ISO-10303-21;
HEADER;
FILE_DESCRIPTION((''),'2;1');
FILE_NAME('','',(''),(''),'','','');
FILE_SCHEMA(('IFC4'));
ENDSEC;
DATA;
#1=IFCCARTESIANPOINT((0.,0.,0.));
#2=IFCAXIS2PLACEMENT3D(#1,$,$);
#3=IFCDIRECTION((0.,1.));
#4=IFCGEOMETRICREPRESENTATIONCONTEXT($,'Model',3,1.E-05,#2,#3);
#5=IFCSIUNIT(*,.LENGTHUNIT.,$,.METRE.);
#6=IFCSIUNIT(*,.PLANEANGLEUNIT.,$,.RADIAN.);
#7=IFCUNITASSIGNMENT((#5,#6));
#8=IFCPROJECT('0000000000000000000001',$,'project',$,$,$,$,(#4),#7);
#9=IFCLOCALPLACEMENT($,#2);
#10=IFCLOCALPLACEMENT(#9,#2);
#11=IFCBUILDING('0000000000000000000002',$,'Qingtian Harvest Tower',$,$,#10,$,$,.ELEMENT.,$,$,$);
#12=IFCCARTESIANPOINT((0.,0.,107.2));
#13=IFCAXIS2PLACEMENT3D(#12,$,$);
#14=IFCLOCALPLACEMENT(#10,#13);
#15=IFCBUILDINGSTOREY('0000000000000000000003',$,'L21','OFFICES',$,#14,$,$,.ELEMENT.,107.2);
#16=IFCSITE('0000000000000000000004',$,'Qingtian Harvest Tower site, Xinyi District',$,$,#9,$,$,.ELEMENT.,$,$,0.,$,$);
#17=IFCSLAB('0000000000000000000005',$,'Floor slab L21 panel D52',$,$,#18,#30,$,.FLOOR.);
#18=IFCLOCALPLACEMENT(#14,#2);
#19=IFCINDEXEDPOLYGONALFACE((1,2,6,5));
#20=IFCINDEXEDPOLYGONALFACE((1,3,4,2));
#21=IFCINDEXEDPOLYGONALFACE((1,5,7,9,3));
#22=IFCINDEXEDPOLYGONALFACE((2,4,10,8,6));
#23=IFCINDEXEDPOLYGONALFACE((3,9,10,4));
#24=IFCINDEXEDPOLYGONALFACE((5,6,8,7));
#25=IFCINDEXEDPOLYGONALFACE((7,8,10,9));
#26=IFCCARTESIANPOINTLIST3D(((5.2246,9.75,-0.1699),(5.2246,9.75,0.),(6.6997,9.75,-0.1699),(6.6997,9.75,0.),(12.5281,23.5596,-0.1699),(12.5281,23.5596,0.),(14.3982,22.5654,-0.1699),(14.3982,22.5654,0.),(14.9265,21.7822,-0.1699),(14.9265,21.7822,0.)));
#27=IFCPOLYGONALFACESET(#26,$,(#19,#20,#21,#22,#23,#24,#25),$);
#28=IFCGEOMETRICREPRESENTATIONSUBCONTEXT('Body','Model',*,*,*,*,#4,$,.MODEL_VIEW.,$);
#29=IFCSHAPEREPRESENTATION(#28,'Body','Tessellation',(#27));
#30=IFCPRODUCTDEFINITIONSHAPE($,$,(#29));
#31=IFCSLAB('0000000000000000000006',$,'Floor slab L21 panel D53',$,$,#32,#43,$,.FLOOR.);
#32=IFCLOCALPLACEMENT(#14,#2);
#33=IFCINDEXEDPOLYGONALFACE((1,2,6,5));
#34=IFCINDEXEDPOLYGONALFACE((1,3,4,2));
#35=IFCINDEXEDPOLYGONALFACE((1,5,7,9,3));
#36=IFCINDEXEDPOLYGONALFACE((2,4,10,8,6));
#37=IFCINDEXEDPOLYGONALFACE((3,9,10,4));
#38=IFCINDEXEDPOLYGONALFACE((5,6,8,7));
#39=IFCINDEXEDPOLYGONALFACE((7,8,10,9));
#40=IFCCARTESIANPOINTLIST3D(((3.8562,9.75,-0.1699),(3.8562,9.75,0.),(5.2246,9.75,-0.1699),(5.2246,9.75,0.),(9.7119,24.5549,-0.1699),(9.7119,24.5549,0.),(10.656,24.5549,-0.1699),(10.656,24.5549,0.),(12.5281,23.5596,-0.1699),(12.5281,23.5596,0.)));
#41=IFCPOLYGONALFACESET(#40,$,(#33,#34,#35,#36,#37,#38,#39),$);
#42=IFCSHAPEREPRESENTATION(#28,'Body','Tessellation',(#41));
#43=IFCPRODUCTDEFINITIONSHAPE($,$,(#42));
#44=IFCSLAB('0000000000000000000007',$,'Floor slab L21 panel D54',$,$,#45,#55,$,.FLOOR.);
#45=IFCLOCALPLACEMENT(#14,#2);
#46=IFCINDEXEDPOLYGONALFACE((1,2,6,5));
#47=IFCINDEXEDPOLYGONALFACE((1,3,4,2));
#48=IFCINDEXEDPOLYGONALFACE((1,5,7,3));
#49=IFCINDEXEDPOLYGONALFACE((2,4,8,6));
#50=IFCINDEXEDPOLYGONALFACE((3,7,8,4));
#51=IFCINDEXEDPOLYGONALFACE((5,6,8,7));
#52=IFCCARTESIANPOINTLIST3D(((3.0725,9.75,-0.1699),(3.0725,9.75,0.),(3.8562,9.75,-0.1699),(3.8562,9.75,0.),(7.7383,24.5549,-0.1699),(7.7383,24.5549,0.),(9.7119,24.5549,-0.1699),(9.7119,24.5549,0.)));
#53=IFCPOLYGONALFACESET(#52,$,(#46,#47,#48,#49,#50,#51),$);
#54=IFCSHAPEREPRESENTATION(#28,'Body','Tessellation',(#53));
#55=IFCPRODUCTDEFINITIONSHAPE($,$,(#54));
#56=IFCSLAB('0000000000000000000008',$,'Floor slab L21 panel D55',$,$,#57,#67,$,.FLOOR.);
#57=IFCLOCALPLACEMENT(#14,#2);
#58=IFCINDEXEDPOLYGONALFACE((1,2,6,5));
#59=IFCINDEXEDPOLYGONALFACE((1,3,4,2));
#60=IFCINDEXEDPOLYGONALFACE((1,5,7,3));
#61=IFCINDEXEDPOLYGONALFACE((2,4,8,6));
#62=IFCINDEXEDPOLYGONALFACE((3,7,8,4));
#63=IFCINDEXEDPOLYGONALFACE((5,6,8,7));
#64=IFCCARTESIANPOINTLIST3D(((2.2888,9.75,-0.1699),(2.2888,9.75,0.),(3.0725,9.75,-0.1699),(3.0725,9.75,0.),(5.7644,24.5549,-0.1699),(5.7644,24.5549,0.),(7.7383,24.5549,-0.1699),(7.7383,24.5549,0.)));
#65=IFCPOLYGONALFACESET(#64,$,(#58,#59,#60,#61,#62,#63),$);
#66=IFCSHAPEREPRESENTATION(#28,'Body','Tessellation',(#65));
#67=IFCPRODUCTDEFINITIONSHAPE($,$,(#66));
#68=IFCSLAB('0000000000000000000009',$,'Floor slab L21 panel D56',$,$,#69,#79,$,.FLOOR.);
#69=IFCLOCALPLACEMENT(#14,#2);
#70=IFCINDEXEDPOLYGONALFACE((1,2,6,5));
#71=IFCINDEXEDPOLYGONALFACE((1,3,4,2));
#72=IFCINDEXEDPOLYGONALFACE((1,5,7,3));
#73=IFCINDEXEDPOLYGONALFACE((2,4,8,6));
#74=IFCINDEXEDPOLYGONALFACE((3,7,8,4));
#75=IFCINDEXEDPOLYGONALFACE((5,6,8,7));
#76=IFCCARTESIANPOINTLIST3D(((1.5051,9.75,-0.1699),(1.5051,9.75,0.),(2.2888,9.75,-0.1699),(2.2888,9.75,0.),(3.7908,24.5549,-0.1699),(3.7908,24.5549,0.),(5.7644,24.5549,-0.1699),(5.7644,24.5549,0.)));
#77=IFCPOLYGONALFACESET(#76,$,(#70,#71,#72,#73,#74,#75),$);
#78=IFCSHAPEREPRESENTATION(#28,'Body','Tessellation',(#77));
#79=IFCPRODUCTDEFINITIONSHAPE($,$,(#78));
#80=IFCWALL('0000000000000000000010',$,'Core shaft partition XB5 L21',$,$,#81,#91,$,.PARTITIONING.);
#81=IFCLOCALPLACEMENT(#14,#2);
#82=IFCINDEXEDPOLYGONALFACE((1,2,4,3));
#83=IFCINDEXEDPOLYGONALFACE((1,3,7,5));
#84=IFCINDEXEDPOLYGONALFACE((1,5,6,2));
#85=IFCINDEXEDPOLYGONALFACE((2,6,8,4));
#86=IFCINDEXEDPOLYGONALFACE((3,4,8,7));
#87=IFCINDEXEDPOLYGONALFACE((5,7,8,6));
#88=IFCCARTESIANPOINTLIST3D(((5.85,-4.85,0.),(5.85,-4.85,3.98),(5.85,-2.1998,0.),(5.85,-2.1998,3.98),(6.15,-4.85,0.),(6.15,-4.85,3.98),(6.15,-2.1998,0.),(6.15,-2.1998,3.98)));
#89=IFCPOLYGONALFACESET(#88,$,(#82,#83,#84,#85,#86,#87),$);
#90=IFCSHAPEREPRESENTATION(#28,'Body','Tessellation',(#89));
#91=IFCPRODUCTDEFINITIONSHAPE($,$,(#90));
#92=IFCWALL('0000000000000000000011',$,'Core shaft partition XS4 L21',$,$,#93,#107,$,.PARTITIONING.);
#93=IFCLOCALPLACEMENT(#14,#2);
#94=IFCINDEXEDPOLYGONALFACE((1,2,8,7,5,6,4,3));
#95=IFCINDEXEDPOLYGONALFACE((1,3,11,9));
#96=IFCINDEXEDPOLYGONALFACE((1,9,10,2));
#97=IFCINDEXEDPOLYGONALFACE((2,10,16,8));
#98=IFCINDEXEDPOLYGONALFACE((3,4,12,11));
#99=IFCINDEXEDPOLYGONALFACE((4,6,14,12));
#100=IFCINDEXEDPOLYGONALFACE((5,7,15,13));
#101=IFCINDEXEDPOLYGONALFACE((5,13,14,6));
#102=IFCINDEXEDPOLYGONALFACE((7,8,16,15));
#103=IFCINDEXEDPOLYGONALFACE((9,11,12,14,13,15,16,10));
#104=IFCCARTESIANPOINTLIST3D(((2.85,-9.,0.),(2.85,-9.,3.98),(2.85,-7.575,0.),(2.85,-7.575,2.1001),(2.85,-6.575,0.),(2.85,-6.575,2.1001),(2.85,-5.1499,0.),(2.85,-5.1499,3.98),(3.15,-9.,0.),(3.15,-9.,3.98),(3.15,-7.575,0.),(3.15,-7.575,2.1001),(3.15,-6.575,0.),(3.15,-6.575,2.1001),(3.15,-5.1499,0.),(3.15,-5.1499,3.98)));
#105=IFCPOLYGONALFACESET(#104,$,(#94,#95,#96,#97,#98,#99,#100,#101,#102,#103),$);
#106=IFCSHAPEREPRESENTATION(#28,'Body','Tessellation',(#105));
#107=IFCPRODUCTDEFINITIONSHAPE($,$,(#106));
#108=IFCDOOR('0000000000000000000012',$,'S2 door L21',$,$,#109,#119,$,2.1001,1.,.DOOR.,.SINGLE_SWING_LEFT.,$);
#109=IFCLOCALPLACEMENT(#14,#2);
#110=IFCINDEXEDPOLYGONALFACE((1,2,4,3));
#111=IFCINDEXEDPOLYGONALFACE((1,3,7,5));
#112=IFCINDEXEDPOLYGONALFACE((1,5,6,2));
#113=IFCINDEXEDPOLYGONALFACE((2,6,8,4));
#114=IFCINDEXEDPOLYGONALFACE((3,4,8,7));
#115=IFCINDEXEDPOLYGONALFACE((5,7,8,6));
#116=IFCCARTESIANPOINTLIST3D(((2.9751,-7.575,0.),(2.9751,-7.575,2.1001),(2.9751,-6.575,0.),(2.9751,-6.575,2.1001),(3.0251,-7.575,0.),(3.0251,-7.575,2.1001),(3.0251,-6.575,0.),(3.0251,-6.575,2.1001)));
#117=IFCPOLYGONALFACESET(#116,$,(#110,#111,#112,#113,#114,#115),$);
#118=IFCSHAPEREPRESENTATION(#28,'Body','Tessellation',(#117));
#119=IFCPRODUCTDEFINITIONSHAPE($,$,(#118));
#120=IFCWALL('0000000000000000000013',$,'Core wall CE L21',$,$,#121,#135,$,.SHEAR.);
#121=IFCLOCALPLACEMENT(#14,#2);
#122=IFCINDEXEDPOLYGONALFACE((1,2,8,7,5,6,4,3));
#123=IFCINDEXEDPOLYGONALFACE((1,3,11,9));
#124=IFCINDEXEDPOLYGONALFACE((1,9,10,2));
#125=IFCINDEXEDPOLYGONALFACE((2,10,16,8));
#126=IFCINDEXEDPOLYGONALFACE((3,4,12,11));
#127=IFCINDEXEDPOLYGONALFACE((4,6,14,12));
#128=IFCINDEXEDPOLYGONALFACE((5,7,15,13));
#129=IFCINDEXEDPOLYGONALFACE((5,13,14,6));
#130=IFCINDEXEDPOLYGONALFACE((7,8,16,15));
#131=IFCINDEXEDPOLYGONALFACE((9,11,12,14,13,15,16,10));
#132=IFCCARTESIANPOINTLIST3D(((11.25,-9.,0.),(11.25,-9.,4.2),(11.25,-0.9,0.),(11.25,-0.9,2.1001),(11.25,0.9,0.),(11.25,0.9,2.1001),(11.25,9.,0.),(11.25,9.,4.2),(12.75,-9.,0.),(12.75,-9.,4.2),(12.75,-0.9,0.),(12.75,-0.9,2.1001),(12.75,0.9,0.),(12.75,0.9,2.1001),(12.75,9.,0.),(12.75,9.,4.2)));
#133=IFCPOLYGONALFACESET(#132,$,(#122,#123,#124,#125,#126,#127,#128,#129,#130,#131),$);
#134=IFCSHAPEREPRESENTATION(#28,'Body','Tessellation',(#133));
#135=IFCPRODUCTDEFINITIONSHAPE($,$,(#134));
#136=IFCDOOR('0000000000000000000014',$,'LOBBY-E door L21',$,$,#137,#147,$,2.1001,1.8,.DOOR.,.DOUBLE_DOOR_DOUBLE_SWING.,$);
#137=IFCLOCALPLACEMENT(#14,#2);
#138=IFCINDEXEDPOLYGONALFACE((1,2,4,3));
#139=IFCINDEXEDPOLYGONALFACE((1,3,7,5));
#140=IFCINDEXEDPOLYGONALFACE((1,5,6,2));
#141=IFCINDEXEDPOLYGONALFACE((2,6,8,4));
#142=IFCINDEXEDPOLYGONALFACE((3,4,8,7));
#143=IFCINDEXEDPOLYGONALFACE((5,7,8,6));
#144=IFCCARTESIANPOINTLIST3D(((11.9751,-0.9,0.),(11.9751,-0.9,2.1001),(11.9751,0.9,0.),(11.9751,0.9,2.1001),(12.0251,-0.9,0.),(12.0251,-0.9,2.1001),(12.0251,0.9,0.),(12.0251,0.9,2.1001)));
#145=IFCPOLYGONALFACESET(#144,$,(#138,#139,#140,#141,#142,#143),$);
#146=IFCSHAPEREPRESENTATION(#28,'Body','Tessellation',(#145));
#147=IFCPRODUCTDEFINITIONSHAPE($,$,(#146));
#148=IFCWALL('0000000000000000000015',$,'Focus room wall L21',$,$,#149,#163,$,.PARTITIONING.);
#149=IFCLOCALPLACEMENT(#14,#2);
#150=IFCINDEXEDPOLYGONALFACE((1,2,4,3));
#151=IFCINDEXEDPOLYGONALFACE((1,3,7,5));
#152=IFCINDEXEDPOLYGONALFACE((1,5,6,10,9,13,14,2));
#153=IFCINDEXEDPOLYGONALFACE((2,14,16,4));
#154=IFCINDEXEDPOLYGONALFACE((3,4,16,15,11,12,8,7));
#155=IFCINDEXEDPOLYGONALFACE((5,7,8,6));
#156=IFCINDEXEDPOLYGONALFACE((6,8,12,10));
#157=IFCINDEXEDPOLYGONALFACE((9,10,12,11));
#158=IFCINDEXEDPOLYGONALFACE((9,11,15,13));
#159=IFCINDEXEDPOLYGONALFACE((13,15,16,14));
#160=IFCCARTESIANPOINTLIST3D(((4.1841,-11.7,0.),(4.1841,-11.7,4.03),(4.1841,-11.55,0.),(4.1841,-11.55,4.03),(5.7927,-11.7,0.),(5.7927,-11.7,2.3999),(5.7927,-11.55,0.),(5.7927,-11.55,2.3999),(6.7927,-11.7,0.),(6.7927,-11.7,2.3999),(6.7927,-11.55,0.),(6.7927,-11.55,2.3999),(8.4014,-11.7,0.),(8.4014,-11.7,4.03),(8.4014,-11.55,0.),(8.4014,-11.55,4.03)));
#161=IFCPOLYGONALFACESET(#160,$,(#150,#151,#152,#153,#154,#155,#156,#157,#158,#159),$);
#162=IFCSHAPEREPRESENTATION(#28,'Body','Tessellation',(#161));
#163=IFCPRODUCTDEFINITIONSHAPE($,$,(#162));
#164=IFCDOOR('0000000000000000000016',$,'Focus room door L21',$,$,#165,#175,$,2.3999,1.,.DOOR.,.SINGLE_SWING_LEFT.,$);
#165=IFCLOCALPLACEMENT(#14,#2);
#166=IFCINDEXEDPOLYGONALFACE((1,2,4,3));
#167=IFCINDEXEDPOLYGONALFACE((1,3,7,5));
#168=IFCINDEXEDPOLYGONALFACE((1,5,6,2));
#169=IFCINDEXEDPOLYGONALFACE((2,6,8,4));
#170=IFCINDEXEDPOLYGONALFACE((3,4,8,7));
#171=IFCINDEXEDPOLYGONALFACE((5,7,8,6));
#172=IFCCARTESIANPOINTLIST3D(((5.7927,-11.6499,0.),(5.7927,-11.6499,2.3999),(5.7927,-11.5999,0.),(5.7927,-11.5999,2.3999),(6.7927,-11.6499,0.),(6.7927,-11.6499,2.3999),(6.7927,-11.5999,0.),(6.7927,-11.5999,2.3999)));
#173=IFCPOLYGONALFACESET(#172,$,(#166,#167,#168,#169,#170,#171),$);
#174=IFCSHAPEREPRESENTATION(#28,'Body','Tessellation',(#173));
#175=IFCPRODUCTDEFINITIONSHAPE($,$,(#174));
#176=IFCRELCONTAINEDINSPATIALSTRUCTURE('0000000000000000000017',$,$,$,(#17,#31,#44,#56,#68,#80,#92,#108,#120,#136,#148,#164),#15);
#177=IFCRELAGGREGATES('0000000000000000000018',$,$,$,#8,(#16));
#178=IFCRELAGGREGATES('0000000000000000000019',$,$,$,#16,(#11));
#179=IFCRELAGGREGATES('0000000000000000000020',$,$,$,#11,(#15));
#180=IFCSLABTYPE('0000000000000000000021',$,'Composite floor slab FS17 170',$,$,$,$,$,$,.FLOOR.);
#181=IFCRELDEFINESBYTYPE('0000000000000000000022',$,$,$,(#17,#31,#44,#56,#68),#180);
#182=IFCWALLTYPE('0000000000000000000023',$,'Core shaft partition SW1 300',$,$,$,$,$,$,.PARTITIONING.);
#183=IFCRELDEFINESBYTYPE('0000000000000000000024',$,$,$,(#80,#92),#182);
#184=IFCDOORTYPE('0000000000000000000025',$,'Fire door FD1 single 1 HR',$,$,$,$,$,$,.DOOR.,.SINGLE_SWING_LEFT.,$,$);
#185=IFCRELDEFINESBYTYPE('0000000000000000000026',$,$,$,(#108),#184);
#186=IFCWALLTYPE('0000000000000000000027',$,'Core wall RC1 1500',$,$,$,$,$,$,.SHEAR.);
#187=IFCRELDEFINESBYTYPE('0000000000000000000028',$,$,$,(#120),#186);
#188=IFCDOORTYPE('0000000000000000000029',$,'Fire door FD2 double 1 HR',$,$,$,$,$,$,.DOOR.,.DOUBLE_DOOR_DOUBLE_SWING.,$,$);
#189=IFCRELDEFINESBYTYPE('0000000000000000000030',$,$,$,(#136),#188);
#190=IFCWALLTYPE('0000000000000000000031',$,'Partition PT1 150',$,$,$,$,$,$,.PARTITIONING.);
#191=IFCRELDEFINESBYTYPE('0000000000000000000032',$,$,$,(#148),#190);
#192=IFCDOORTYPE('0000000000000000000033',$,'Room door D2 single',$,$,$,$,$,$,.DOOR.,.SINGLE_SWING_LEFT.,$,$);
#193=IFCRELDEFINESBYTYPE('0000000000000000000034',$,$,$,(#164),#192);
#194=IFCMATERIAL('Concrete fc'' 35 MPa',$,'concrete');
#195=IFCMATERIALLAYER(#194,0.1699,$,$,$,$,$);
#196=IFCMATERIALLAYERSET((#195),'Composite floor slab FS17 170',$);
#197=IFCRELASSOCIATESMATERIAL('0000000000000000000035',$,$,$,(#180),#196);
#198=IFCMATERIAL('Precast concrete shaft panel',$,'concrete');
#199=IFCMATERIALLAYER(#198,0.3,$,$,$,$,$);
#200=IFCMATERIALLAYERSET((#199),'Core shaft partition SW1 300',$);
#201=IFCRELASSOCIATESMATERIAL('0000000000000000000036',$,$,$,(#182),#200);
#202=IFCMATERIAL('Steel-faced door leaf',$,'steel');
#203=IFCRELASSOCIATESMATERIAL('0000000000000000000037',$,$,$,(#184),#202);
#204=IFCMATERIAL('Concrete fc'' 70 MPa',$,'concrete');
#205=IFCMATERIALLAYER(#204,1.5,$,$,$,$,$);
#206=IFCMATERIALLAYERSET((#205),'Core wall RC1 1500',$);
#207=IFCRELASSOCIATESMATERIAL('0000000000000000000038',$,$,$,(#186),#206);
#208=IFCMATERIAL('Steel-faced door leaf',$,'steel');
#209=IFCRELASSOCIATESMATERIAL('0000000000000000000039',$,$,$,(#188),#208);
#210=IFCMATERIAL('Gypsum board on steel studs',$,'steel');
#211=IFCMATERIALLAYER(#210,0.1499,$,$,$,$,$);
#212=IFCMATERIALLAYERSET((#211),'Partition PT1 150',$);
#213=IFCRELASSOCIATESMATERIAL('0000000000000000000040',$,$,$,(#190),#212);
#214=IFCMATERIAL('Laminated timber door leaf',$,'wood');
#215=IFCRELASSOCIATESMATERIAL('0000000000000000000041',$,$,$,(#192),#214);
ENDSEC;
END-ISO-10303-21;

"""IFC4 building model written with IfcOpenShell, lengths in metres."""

from ifc_helpers import new_model, si_unit, direction, frame, frame_2d, origin, place, context, subcontext, project, spatial, polyline, rectangle, outline, extrude, material, layer, layer_set, type_object, element, fill, save


model = new_model("IFC4")

# Units and contexts
model_context = context("Model", 3, precision=1e-05, world=origin(), true_north=direction((0.0, 1.0)))
body_context = subcontext(model_context, "Body", "Model", "MODEL_VIEW")
ifc_project = project(units=[si_unit("LENGTHUNIT", "METRE"), si_unit("PLANEANGLEUNIT", "RADIAN")], contexts=[model_context])

# Site, building, storey
site_placement = place(None, origin())
site = spatial("IfcSite", under=ifc_project, at=site_placement, Name="Qingtian Harvest Tower site, Xinyi District", CompositionType="ELEMENT", RefElevation=0.0)
building_placement = place(site_placement, origin())
building = spatial("IfcBuilding", under=site, at=building_placement, Name="Qingtian Harvest Tower", CompositionType="ELEMENT")
storey_placement = place(building_placement, frame((0.0, 0.0, 107.2)))
storey = spatial("IfcBuildingStorey", under=building, at=storey_placement, Name="L21", Description="OFFICES", CompositionType="ELEMENT", Elevation=107.2)

# Slabs
ifc_material_1 = material(Name="Concrete fc' 35 MPa", Category="concrete")
ifc_layer_1 = layer(ifc_material_1, 0.1699)
ifc_layer_set_1 = layer_set([ifc_layer_1], Name="Composite floor slab FS17 170")
slab_type = type_object("IfcSlabType", Name="Composite floor slab FS17 170", PredefinedType="FLOOR", material=ifc_layer_set_1)
slab_1_placement = place(storey_placement, frame((0.0, 0.0, -0.1699)))
element("IfcSlab", 1, at=slab_1_placement, inside=storey, type_object=slab_type, Name="Floor slab L21 panel D52", PredefinedType="FLOOR", context=body_context, shape_type="SweptSolid", body=[
    extrude(outline(polyline([(6.6997, 9.75), (5.2246, 9.75), (12.5281, 23.5596), (14.3982, 22.5654), (14.9265, 21.7822), (6.6997, 9.75)])), origin(), (0.0, 0.0, 1.0), 0.1699),
])
slab_2_placement = place(storey_placement, frame((0.0, 0.0, -0.1699)))
element("IfcSlab", 2, at=slab_2_placement, inside=storey, type_object=slab_type, Name="Floor slab L21 panel D53", PredefinedType="FLOOR", context=body_context, shape_type="SweptSolid", body=[
    extrude(outline(polyline([(3.8562, 9.75), (9.7119, 24.5549), (10.656, 24.5549), (12.5281, 23.5596), (5.2246, 9.75), (3.8562, 9.75)])), origin(), (0.0, 0.0, 1.0), 0.1699),
])
slab_3_placement = place(storey_placement, frame((0.0, 0.0, -0.1699)))
element("IfcSlab", 3, at=slab_3_placement, inside=storey, type_object=slab_type, Name="Floor slab L21 panel D54", PredefinedType="FLOOR", context=body_context, shape_type="SweptSolid", body=[
    extrude(outline(polyline([(3.0725, 9.75), (7.7383, 24.5549), (9.7119, 24.5549), (3.8562, 9.75), (3.0725, 9.75)])), origin(), (0.0, 0.0, 1.0), 0.1699),
])
slab_4_placement = place(storey_placement, frame((0.0, 0.0, -0.1699)))
element("IfcSlab", 4, at=slab_4_placement, inside=storey, type_object=slab_type, Name="Floor slab L21 panel D55", PredefinedType="FLOOR", context=body_context, shape_type="SweptSolid", body=[
    extrude(outline(polyline([(2.2888, 9.75), (5.7644, 24.5549), (7.7383, 24.5549), (3.0725, 9.75), (2.2888, 9.75)])), origin(), (0.0, 0.0, 1.0), 0.1699),
])
slab_5_placement = place(storey_placement, frame((0.0, 0.0, -0.1699)))
element("IfcSlab", 5, at=slab_5_placement, inside=storey, type_object=slab_type, Name="Floor slab L21 panel D56", PredefinedType="FLOOR", context=body_context, shape_type="SweptSolid", body=[
    extrude(outline(polyline([(1.5051, 9.75), (3.7908, 24.5549), (5.7644, 24.5549), (2.2888, 9.75), (1.5051, 9.75)])), origin(), (0.0, 0.0, 1.0), 0.1699),
])

# Wall
ifc_material_2 = material(Name="Precast concrete shaft panel", Category="concrete")
ifc_layer_2 = layer(ifc_material_2, 0.3)
ifc_layer_set_2 = layer_set([ifc_layer_2], Name="Core shaft partition SW1 300")
wall_type_1 = type_object("IfcWallType", Name="Core shaft partition SW1 300", PredefinedType="PARTITIONING", material=ifc_layer_set_2)
wall_1_placement = place(storey_placement, frame((6.0, -4.8501, 0.0), z_axis=(0.0, 0.0, 1.0), x_axis=(0.0, 1.0, 0.0)))
element("IfcWall", 6, at=wall_1_placement, inside=storey, type_object=wall_type_1, Name="Core shaft partition XB5 L21", PredefinedType="PARTITIONING", context=body_context, shape_type="SweptSolid", body=[
    extrude(rectangle(XDim=2.6501, YDim=0.3, at=frame_2d((1.3252, 0.0))), origin(), (0.0, 0.0, 1.0), 3.98),
])

# Walls, openings, doors
wall_2_placement = place(storey_placement, frame((3.0, -9.0, 0.0), z_axis=(0.0, 0.0, 1.0), x_axis=(0.0, 1.0, 0.0)))
wall_2 = element("IfcWall", 7, at=wall_2_placement, inside=storey, type_object=wall_type_1, Name="Core shaft partition XS4 L21", PredefinedType="PARTITIONING", context=body_context, shape_type="SweptSolid", body=[
    extrude(rectangle(XDim=3.8501, YDim=0.3, at=frame_2d((1.925, 0.0))), origin(), (0.0, 0.0, 1.0), 3.98),
])
opening_1_placement = place(wall_2_placement, frame((1.425, 0.0, 0.0)))
opening_1 = element("IfcOpeningElement", 8, at=opening_1_placement, cuts=wall_2, PredefinedType="OPENING", context=body_context, shape_type="SweptSolid", body=[
    extrude(rectangle(XDim=1.0, YDim=2.1001, at=frame_2d((0.5, 1.05))), frame((0.0, 0.1599, 0.0), z_axis=(0.0, -1.0, 0.0), x_axis=(1.0, 0.0, 0.0)), (0.0, 0.0, 1.0), 0.3201),
])
ifc_material_3 = material(Name="Steel-faced door leaf", Category="steel")
door_type_1 = type_object("IfcDoorType", Name="Fire door FD1 single 1 HR", OperationType="SINGLE_SWING_LEFT", PredefinedType="DOOR", material=ifc_material_3)
door_1_placement = place(opening_1_placement, origin())
door_1 = element("IfcDoor", 9, at=door_1_placement, inside=storey, type_object=door_type_1, Name="S2 door L21", OperationType="SINGLE_SWING_LEFT", OverallHeight=2.1001, OverallWidth=1.0, PredefinedType="DOOR", context=body_context, shape_type="SweptSolid", body=[
    extrude(rectangle(XDim=1.0, YDim=2.1001, at=frame_2d((0.5, 1.05))), frame((0.0, 0.0249, 0.0), z_axis=(0.0, -1.0, 0.0), x_axis=(1.0, 0.0, 0.0)), (0.0, 0.0, 1.0), 0.05),
])
fill(opening_1, door_1)
ifc_material_4 = material(Name="Concrete fc' 70 MPa", Category="concrete")
ifc_layer_3 = layer(ifc_material_4, 1.5)
ifc_layer_set_3 = layer_set([ifc_layer_3], Name="Core wall RC1 1500")
wall_type_2 = type_object("IfcWallType", Name="Core wall RC1 1500", PredefinedType="SHEAR", material=ifc_layer_set_3)
wall_3_placement = place(storey_placement, frame((12.0, -9.0, 0.0), z_axis=(0.0, 0.0, 1.0), x_axis=(0.0, 1.0, 0.0)))
wall_3 = element("IfcWall", 10, at=wall_3_placement, inside=storey, type_object=wall_type_2, Name="Core wall CE L21", PredefinedType="SHEAR", context=body_context, shape_type="SweptSolid", body=[
    extrude(rectangle(XDim=18.0, YDim=1.5, at=frame_2d((9.0, 0.0))), origin(), (0.0, 0.0, 1.0), 4.2),
])
opening_2_placement = place(wall_3_placement, frame((8.1001, 0.0, 0.0)))
opening_2 = element("IfcOpeningElement", 11, at=opening_2_placement, cuts=wall_3, PredefinedType="OPENING", context=body_context, shape_type="SweptSolid", body=[
    extrude(rectangle(XDim=1.8, YDim=2.1001, at=frame_2d((0.8999, 1.05))), frame((0.0, 0.76, 0.0), z_axis=(0.0, -1.0, 0.0), x_axis=(1.0, 0.0, 0.0)), (0.0, 0.0, 1.0), 1.52),
])
ifc_material_5 = material(Name="Steel-faced door leaf", Category="steel")
door_type_2 = type_object("IfcDoorType", Name="Fire door FD2 double 1 HR", OperationType="DOUBLE_DOOR_DOUBLE_SWING", PredefinedType="DOOR", material=ifc_material_5)
door_2_placement = place(opening_2_placement, origin())
door_2 = element("IfcDoor", 12, at=door_2_placement, inside=storey, type_object=door_type_2, Name="LOBBY-E door L21", OperationType="DOUBLE_DOOR_DOUBLE_SWING", OverallHeight=2.1001, OverallWidth=1.8, PredefinedType="DOOR", context=body_context, shape_type="SweptSolid", body=[
    extrude(rectangle(XDim=1.8, YDim=2.1001, at=frame_2d((0.8999, 1.05))), frame((0.0, 0.0249, 0.0), z_axis=(0.0, -1.0, 0.0), x_axis=(1.0, 0.0, 0.0)), (0.0, 0.0, 1.0), 0.05),
])
fill(opening_2, door_2)
ifc_material_6 = material(Name="Gypsum board on steel studs", Category="steel")
ifc_layer_4 = layer(ifc_material_6, 0.1499)
ifc_layer_set_4 = layer_set([ifc_layer_4], Name="Partition PT1 150")
wall_type_3 = type_object("IfcWallType", Name="Partition PT1 150", PredefinedType="PARTITIONING", material=ifc_layer_set_4)
wall_4_placement = place(storey_placement, frame((8.4014, -11.625, 0.0), z_axis=(0.0, 0.0, 1.0), x_axis=(-1.0, 0.0, 0.0)))
wall_4 = element("IfcWall", 13, at=wall_4_placement, inside=storey, type_object=wall_type_3, Name="Focus room wall L21", PredefinedType="PARTITIONING", context=body_context, shape_type="SweptSolid", body=[
    extrude(rectangle(XDim=4.2173, YDim=0.1499, at=frame_2d((2.1086, 0.0))), origin(), (0.0, 0.0, 1.0), 4.03),
])
opening_3_placement = place(wall_4_placement, frame((1.6086, 0.0, 0.0)))
opening_3 = element("IfcOpeningElement", 14, at=opening_3_placement, cuts=wall_4, PredefinedType="OPENING", context=body_context, shape_type="SweptSolid", body=[
    extrude(rectangle(XDim=1.0, YDim=2.3999, at=frame_2d((0.5, 1.2))), frame((0.0, 0.085, 0.0), z_axis=(0.0, -1.0, 0.0), x_axis=(1.0, 0.0, 0.0)), (0.0, 0.0, 1.0), 0.1699),
])
ifc_material_7 = material(Name="Laminated timber door leaf", Category="wood")
door_type_3 = type_object("IfcDoorType", Name="Room door D2 single", OperationType="SINGLE_SWING_LEFT", PredefinedType="DOOR", material=ifc_material_7)
door_3_placement = place(opening_3_placement, origin())
door_3 = element("IfcDoor", 15, at=door_3_placement, inside=storey, type_object=door_type_3, Name="Focus room door L21", OperationType="SINGLE_SWING_LEFT", OverallHeight=2.3999, OverallWidth=1.0, PredefinedType="DOOR", context=body_context, shape_type="SweptSolid", body=[
    extrude(rectangle(XDim=1.0, YDim=2.3999, at=frame_2d((0.5, 1.2))), frame((0.0, 0.0249, 0.0), z_axis=(0.0, -1.0, 0.0), x_axis=(1.0, 0.0, 0.0)), (0.0, 0.0, 1.0), 0.05),
])
fill(opening_3, door_3)

save(model, "model.ifc")
